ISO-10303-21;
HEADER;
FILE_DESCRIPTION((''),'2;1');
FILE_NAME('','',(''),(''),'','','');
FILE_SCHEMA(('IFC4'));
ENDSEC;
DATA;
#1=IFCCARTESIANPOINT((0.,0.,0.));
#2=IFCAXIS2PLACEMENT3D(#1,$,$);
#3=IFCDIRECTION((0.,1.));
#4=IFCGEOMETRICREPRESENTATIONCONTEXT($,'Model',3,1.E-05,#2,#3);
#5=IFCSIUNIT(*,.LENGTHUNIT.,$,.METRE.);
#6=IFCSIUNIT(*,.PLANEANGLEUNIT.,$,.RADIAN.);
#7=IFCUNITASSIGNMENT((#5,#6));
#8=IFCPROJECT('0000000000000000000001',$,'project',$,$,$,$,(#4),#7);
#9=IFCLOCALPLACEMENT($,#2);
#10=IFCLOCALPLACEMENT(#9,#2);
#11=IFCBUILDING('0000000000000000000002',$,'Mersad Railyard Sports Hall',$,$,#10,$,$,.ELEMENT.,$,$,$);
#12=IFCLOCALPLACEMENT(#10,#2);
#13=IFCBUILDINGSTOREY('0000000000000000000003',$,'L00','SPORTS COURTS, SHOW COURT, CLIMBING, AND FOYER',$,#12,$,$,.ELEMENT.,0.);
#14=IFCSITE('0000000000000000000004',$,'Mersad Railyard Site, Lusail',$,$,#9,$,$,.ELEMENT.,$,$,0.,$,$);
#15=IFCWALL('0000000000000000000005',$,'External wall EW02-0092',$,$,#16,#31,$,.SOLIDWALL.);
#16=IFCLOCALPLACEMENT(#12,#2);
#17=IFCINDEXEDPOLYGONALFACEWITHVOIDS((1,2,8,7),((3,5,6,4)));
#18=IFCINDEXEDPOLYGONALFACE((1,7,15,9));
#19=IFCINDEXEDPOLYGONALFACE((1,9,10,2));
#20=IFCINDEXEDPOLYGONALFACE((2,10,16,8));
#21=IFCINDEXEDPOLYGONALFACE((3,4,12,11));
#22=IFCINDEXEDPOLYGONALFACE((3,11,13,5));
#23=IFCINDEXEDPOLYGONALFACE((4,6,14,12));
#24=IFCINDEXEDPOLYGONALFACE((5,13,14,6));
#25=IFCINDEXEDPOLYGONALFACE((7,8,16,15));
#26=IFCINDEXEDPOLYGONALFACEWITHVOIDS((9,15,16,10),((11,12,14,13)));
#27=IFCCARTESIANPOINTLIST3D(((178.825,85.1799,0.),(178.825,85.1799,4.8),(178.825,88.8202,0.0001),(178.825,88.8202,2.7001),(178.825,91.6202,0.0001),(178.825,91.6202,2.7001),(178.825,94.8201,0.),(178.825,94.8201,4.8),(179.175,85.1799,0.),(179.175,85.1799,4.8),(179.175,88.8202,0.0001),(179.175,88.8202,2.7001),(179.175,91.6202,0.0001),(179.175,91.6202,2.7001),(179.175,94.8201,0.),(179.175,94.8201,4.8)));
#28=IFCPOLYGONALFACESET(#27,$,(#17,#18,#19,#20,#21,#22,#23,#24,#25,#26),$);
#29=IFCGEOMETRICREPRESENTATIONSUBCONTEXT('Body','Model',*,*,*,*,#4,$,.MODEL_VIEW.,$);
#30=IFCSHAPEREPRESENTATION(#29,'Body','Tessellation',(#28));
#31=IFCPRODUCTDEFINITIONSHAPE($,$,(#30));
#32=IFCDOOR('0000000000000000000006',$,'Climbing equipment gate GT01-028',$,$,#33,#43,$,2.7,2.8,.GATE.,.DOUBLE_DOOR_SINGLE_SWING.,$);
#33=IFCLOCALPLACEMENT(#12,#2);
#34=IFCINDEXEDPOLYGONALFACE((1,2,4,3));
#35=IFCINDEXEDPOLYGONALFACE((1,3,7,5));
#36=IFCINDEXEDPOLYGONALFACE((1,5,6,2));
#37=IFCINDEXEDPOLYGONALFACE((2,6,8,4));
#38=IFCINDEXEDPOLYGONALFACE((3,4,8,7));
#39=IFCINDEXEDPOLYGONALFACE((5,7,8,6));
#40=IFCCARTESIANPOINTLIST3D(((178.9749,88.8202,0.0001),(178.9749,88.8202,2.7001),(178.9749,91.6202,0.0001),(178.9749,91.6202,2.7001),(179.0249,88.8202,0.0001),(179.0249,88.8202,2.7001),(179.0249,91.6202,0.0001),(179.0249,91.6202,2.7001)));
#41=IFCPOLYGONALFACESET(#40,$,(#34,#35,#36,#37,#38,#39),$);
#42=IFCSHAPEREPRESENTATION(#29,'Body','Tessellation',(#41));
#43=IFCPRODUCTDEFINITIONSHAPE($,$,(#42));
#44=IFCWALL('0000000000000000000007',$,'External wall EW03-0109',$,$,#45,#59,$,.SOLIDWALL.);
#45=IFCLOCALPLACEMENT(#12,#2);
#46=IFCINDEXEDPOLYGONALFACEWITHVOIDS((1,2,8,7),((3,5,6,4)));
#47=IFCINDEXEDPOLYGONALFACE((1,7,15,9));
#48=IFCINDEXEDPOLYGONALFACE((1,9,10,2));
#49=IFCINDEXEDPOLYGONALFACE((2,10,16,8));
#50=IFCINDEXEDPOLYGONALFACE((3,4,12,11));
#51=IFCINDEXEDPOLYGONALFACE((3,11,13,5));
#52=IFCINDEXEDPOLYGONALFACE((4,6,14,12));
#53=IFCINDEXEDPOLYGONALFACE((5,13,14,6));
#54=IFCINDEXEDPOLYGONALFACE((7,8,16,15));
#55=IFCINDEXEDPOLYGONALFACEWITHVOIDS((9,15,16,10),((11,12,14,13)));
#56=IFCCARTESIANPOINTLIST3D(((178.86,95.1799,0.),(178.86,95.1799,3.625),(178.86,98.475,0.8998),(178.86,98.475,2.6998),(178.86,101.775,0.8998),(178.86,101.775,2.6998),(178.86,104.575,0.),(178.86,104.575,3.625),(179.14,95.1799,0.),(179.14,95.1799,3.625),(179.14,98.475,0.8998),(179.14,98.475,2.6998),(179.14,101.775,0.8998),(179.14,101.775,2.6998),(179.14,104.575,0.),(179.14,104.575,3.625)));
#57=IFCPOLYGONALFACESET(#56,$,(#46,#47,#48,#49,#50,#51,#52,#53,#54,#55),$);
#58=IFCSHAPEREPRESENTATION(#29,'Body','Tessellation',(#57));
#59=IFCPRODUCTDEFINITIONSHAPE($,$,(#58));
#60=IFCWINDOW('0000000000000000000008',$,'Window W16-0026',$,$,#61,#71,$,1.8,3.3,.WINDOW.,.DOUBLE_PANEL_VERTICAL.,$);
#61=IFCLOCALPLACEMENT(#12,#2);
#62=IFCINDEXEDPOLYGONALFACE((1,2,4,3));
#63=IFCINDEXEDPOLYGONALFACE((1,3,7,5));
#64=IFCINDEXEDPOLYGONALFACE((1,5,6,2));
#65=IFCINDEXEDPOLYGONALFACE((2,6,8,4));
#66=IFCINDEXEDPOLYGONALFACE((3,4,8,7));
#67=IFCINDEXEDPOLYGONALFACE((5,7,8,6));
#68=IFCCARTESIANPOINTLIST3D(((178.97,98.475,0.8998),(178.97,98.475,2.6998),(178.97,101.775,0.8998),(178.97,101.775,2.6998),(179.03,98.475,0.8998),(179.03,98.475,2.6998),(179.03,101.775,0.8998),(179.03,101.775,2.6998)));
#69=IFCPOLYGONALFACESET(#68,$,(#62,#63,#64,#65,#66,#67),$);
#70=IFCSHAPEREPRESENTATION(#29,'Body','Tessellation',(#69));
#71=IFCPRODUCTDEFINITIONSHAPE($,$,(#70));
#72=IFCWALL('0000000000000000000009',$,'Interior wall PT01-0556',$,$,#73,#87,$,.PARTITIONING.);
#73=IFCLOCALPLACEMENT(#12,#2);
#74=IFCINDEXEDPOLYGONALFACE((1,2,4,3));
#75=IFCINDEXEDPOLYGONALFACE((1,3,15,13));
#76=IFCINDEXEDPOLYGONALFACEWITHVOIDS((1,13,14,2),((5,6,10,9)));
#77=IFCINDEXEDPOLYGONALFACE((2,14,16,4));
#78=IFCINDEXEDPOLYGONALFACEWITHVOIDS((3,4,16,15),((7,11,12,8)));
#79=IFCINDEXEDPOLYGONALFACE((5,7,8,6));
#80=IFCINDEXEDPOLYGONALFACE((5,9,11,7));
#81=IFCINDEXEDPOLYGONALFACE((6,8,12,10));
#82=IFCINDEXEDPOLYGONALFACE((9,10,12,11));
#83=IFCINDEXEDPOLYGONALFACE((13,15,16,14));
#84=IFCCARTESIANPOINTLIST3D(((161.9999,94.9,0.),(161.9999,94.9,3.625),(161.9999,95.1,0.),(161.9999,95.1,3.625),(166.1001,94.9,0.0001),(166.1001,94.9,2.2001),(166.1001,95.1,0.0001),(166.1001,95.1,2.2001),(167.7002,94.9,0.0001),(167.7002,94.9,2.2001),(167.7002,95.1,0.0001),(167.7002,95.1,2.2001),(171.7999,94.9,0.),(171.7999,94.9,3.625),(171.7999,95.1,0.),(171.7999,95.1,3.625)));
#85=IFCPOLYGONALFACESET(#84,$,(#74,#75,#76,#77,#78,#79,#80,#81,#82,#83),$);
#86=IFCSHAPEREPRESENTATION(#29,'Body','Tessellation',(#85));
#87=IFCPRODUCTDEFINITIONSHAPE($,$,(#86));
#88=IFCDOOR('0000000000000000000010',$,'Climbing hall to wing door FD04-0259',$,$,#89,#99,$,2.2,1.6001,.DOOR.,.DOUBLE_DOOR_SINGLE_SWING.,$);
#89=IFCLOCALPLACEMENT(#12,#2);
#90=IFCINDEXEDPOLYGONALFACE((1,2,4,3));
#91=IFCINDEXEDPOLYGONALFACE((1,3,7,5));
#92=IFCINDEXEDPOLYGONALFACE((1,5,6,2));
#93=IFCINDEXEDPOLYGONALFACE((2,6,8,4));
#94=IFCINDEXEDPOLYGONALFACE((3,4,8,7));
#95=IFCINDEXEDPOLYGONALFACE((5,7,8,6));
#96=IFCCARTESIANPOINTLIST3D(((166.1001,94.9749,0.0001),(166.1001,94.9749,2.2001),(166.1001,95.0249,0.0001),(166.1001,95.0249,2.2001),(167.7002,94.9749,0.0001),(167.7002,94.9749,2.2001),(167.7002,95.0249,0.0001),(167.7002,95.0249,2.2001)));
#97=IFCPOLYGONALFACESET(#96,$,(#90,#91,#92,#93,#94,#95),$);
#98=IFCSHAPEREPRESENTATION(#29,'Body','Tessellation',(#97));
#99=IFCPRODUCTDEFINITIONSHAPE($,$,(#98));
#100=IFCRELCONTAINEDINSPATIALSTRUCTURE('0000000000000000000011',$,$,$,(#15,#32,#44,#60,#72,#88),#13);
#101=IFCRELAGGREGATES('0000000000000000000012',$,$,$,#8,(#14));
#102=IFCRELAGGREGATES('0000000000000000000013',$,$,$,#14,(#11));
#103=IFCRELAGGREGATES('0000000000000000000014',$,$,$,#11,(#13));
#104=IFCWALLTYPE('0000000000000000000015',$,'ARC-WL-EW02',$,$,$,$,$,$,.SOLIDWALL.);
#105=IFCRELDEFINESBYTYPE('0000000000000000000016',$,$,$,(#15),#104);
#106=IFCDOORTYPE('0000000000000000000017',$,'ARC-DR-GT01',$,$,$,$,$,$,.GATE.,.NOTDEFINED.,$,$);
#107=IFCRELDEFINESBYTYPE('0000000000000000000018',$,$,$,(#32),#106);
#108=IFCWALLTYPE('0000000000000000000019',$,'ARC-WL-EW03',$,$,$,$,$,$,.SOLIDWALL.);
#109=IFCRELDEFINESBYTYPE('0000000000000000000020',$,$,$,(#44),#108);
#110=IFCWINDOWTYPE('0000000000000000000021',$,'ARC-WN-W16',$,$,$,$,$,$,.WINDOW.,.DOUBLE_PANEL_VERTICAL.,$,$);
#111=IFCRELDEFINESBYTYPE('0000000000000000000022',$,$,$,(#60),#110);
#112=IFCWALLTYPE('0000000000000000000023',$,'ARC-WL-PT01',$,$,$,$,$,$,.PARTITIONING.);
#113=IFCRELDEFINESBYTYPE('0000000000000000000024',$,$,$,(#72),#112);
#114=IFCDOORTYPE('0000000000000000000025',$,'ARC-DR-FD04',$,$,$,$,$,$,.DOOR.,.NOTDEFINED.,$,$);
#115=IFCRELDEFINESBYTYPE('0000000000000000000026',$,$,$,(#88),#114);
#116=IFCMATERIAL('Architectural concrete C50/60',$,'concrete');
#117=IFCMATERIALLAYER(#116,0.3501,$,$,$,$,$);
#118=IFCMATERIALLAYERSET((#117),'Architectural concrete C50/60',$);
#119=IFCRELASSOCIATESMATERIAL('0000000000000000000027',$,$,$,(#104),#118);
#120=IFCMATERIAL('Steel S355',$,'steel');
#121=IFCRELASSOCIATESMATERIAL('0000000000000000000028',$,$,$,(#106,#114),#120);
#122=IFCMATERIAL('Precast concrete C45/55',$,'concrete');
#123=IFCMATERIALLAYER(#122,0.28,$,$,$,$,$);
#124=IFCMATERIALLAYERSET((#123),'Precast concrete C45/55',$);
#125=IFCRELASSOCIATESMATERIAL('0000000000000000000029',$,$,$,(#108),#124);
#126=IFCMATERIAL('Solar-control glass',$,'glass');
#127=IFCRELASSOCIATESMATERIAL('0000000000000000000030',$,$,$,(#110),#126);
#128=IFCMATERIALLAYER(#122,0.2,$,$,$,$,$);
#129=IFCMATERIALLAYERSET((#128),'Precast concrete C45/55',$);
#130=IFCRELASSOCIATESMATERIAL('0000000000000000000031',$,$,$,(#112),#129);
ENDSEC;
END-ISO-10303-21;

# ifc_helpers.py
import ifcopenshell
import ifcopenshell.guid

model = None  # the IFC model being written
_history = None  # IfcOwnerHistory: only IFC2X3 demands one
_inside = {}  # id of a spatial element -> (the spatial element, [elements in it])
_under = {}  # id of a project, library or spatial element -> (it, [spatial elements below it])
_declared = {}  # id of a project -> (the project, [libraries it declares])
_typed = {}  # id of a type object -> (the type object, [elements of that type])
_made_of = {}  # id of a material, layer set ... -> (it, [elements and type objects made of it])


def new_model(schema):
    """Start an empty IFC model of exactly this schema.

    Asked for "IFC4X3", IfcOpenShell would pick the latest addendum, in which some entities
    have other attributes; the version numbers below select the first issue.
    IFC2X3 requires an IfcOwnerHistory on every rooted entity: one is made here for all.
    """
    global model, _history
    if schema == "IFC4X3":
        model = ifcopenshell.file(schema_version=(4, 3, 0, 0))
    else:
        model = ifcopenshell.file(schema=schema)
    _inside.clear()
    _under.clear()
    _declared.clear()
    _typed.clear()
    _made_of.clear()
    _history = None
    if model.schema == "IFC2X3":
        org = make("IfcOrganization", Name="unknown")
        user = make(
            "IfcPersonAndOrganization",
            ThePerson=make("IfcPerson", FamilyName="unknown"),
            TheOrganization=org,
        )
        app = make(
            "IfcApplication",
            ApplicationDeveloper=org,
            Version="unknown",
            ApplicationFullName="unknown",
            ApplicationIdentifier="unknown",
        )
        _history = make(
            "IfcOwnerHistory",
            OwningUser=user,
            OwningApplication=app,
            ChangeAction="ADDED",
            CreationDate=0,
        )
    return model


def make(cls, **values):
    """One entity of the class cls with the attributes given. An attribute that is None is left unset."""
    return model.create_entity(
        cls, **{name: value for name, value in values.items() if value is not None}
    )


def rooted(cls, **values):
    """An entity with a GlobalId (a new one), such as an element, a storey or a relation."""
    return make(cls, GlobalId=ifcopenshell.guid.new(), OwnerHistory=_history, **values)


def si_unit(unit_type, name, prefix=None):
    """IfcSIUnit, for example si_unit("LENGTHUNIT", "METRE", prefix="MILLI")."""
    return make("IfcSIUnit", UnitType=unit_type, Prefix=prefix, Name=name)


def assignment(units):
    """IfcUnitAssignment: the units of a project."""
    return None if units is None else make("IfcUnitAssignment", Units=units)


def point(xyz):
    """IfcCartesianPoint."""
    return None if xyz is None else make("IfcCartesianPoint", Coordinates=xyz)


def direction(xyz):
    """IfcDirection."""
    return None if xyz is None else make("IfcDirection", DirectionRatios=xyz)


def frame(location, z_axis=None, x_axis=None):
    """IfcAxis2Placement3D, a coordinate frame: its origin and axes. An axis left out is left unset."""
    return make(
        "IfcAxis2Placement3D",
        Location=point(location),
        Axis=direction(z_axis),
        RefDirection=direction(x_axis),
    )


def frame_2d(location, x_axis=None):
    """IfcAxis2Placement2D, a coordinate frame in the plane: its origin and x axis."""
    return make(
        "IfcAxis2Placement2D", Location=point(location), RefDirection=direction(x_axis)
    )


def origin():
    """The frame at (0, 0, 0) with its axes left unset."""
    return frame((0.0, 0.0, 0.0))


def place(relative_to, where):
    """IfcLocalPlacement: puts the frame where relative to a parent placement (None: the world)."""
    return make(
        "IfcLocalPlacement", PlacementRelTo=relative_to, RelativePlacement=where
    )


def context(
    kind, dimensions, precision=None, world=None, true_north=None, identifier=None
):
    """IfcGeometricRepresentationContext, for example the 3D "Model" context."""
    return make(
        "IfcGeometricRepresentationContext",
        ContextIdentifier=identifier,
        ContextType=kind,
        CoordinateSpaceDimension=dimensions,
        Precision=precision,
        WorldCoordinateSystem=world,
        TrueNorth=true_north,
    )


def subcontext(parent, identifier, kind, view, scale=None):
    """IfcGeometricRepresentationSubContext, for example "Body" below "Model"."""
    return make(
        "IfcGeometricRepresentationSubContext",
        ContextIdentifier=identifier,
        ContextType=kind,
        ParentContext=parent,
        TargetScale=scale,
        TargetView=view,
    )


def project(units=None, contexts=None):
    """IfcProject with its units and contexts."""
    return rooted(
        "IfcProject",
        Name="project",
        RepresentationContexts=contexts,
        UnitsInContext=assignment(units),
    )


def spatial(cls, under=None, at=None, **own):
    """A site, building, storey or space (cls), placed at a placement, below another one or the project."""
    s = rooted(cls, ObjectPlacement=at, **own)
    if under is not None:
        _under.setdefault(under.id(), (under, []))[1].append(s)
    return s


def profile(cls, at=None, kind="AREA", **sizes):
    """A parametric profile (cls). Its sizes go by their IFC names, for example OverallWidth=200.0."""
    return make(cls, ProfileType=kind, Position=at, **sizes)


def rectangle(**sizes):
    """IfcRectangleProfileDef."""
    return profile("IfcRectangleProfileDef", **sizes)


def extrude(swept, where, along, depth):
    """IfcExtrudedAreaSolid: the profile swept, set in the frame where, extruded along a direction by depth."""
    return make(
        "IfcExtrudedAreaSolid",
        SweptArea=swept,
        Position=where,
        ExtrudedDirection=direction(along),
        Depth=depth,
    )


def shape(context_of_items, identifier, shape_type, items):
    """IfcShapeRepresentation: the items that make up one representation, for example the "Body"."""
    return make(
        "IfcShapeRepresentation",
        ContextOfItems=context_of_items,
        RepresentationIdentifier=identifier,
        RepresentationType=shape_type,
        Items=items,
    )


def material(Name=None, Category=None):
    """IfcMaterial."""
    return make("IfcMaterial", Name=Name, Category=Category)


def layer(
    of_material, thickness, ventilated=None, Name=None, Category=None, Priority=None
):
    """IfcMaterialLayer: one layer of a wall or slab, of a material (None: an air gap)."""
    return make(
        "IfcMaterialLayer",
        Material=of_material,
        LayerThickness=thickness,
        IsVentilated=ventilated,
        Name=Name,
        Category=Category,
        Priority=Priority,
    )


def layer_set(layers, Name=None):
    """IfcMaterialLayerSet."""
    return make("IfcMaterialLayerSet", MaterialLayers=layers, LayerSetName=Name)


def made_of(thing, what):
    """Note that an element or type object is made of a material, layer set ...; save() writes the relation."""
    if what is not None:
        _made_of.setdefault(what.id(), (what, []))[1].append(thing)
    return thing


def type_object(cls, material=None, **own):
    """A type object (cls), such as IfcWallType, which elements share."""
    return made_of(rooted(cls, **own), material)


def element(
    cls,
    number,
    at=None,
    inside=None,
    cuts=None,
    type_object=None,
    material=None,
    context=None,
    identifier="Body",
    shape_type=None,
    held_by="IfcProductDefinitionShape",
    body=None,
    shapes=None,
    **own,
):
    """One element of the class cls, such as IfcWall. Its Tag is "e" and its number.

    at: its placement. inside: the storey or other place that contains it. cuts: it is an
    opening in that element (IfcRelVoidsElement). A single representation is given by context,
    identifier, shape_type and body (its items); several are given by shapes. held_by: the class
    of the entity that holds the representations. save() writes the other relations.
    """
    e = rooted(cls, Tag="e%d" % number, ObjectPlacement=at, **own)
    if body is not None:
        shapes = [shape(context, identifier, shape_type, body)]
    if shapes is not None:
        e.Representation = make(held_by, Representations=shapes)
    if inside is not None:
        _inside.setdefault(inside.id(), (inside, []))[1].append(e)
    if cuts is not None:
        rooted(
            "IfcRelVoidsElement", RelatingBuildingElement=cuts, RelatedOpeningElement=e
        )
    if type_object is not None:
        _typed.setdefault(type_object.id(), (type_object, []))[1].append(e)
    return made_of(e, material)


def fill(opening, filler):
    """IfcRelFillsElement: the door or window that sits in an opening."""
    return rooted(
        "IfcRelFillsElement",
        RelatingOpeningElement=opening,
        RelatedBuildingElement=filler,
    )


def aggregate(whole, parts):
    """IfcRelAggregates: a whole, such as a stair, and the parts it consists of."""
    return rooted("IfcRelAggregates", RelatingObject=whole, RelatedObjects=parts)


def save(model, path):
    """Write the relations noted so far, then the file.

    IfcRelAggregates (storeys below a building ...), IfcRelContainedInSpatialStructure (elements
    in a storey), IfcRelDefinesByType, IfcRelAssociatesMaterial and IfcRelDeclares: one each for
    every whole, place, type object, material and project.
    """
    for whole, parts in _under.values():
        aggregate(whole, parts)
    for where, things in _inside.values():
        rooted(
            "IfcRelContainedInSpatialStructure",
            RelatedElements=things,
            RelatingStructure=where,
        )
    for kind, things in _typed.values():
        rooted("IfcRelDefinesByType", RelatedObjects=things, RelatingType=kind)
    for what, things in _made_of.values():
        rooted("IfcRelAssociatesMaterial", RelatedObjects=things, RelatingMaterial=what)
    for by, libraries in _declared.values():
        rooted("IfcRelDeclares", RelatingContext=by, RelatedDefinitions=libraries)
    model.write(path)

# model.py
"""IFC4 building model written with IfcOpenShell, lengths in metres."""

from ifc_helpers import new_model, si_unit, direction, frame, frame_2d, origin, place, context, subcontext, project, spatial, rectangle, extrude, material, layer, layer_set, type_object, element, fill, save


model = new_model("IFC4")

# Units and contexts
model_context = context("Model", 3, precision=1e-05, world=origin(), true_north=direction((0.0, 1.0)))
body_context = subcontext(model_context, "Body", "Model", "MODEL_VIEW")
ifc_project = project(units=[si_unit("LENGTHUNIT", "METRE"), si_unit("PLANEANGLEUNIT", "RADIAN")], contexts=[model_context])

# Site, building, storey
site_placement = place(None, origin())
site = spatial("IfcSite", under=ifc_project, at=site_placement, Name="Mersad Railyard Site, Lusail", CompositionType="ELEMENT", RefElevation=0.0)
building_placement = place(site_placement, origin())
building = spatial("IfcBuilding", under=site, at=building_placement, Name="Mersad Railyard Sports Hall", CompositionType="ELEMENT")
storey_placement = place(building_placement, origin())
storey = spatial("IfcBuildingStorey", under=building, at=storey_placement, Name="L00", Description="SPORTS COURTS, SHOW COURT, CLIMBING, AND FOYER", CompositionType="ELEMENT", Elevation=0.0)

# Shared definitions
ifc_material_1 = material(Name="Steel S355", Category="steel")

# Wall, opening, door
ifc_material_2 = material(Name="Architectural concrete C50/60", Category="concrete")
ifc_layer_1 = layer(ifc_material_2, 0.3501)
ifc_layer_set_1 = layer_set([ifc_layer_1], Name="Architectural concrete C50/60")
wall_type_1 = type_object("IfcWallType", Name="ARC-WL-EW02", PredefinedType="SOLIDWALL", material=ifc_layer_set_1)
wall_1_placement = place(storey_placement, frame((179.0, 94.8201, 0.0), z_axis=(0.0, 0.0, 1.0), x_axis=(0.0, -1.0, 0.0)))
wall_1 = element("IfcWall", 1, at=wall_1_placement, inside=storey, type_object=wall_type_1, Name="External wall EW02-0092", PredefinedType="SOLIDWALL", context=body_context, shape_type="SweptSolid", body=[
    extrude(rectangle(XDim=9.6401, YDim=0.3501, at=frame_2d((4.8201, 0.0))), origin(), (0.0, 0.0, 1.0), 4.8),
])
opening_1_placement = place(wall_1_placement, frame((3.2, 0.0, 0.0)))
opening_1 = element("IfcOpeningElement", 2, at=opening_1_placement, cuts=wall_1, PredefinedType="OPENING", context=body_context, shape_type="SweptSolid", body=[
    extrude(rectangle(XDim=2.8, YDim=2.7, at=frame_2d((1.3999, 1.3501))), frame((0.0, 0.1851, 0.0), z_axis=(0.0, -1.0, 0.0), x_axis=(1.0, 0.0, 0.0)), (0.0, 0.0, 1.0), 0.3701),
])
door_type_1 = type_object("IfcDoorType", Name="ARC-DR-GT01", OperationType="NOTDEFINED", PredefinedType="GATE", material=ifc_material_1)
door_1_placement = place(opening_1_placement, origin())
door_1 = element("IfcDoor", 3, at=door_1_placement, inside=storey, type_object=door_type_1, Name="Climbing equipment gate GT01-028", OperationType="DOUBLE_DOOR_SINGLE_SWING", OverallHeight=2.7, OverallWidth=2.8, PredefinedType="GATE", context=body_context, shape_type="SweptSolid", body=[
    extrude(rectangle(XDim=2.8, YDim=2.7, at=frame_2d((1.3999, 1.3501))), frame((0.0, 0.0249, 0.0), z_axis=(0.0, -1.0, 0.0), x_axis=(1.0, 0.0, 0.0)), (0.0, 0.0, 1.0), 0.05),
])
fill(opening_1, door_1)

# Wall, opening, window
ifc_material_3 = material(Name="Precast concrete C45/55", Category="concrete")
ifc_layer_2 = layer(ifc_material_3, 0.28)
ifc_layer_set_2 = layer_set([ifc_layer_2], Name="Precast concrete C45/55")
wall_type_2 = type_object("IfcWallType", Name="ARC-WL-EW03", PredefinedType="SOLIDWALL", material=ifc_layer_set_2)
wall_2_placement = place(storey_placement, frame((179.0, 104.575, 0.0), z_axis=(0.0, 0.0, 1.0), x_axis=(0.0, -1.0, 0.0)))
wall_2 = element("IfcWall", 4, at=wall_2_placement, inside=storey, type_object=wall_type_2, Name="External wall EW03-0109", PredefinedType="SOLIDWALL", context=body_context, shape_type="SweptSolid", body=[
    extrude(rectangle(XDim=9.395, YDim=0.28, at=frame_2d((4.6975, 0.0))), origin(), (0.0, 0.0, 1.0), 3.625),
])
opening_2_placement = place(wall_2_placement, frame((2.8, 0.0, 0.8999)))
opening_2 = element("IfcOpeningElement", 5, at=opening_2_placement, cuts=wall_2, PredefinedType="OPENING", context=body_context, shape_type="SweptSolid", body=[
    extrude(rectangle(XDim=3.3, YDim=1.8, at=frame_2d((1.6499, 0.8999))), frame((0.0, 0.1499, 0.0), z_axis=(0.0, -1.0, 0.0), x_axis=(1.0, 0.0, 0.0)), (0.0, 0.0, 1.0), 0.3),
])
ifc_material_4 = material(Name="Solar-control glass", Category="glass")
window_type = type_object("IfcWindowType", Name="ARC-WN-W16", PartitioningType="DOUBLE_PANEL_VERTICAL", PredefinedType="WINDOW", material=ifc_material_4)
window_placement = place(opening_2_placement, origin())
window = element("IfcWindow", 6, at=window_placement, inside=storey, type_object=window_type, Name="Window W16-0026", OverallHeight=1.8, OverallWidth=3.3, PartitioningType="DOUBLE_PANEL_VERTICAL", PredefinedType="WINDOW", context=body_context, shape_type="SweptSolid", body=[
    extrude(rectangle(XDim=3.3, YDim=1.8, at=frame_2d((1.6499, 0.8999))), frame((0.0, 0.03, 0.0), z_axis=(0.0, -1.0, 0.0), x_axis=(1.0, 0.0, 0.0)), (0.0, 0.0, 1.0), 0.0601),
])
fill(opening_2, window)

# Wall, opening, door
ifc_layer_3 = layer(ifc_material_3, 0.2)
ifc_layer_set_3 = layer_set([ifc_layer_3], Name="Precast concrete C45/55")
wall_type_3 = type_object("IfcWallType", Name="ARC-WL-PT01", PredefinedType="PARTITIONING", material=ifc_layer_set_3)
wall_3_placement = place(storey_placement, frame((162.0, 95.0, 0.0), z_axis=(0.0, 0.0, 1.0), x_axis=(1.0, 0.0, 0.0)))
wall_3 = element("IfcWall", 7, at=wall_3_placement, inside=storey, type_object=wall_type_3, Name="Interior wall PT01-0556", PredefinedType="PARTITIONING", context=body_context, shape_type="SweptSolid", body=[
    extrude(rectangle(XDim=9.8, YDim=0.2, at=frame_2d((4.8999, 0.0))), origin(), (0.0, 0.0, 1.0), 3.625),
])
opening_3_placement = place(wall_3_placement, frame((4.1001, 0.0, 0.0)))
opening_3 = element("IfcOpeningElement", 8, at=opening_3_placement, cuts=wall_3, PredefinedType="OPENING", context=body_context, shape_type="SweptSolid", body=[
    extrude(rectangle(XDim=1.6001, YDim=2.2, at=frame_2d((0.8, 1.1001))), frame((0.0, 0.1099, 0.0), z_axis=(0.0, -1.0, 0.0), x_axis=(1.0, 0.0, 0.0)), (0.0, 0.0, 1.0), 0.22),
])
door_type_2 = type_object("IfcDoorType", Name="ARC-DR-FD04", OperationType="NOTDEFINED", PredefinedType="DOOR", material=ifc_material_1)
door_2_placement = place(opening_3_placement, origin())
door_2 = element("IfcDoor", 9, at=door_2_placement, inside=storey, type_object=door_type_2, Name="Climbing hall to wing door FD04-0259", OperationType="DOUBLE_DOOR_SINGLE_SWING", OverallHeight=2.2, OverallWidth=1.6001, PredefinedType="DOOR", context=body_context, shape_type="SweptSolid", body=[
    extrude(rectangle(XDim=1.6001, YDim=2.2, at=frame_2d((0.8, 1.1001))), frame((0.0, 0.0249, 0.0), z_axis=(0.0, -1.0, 0.0), x_axis=(1.0, 0.0, 0.0)), (0.0, 0.0, 1.0), 0.05),
])
fill(opening_3, door_2)

save(model, "model.ifc")
